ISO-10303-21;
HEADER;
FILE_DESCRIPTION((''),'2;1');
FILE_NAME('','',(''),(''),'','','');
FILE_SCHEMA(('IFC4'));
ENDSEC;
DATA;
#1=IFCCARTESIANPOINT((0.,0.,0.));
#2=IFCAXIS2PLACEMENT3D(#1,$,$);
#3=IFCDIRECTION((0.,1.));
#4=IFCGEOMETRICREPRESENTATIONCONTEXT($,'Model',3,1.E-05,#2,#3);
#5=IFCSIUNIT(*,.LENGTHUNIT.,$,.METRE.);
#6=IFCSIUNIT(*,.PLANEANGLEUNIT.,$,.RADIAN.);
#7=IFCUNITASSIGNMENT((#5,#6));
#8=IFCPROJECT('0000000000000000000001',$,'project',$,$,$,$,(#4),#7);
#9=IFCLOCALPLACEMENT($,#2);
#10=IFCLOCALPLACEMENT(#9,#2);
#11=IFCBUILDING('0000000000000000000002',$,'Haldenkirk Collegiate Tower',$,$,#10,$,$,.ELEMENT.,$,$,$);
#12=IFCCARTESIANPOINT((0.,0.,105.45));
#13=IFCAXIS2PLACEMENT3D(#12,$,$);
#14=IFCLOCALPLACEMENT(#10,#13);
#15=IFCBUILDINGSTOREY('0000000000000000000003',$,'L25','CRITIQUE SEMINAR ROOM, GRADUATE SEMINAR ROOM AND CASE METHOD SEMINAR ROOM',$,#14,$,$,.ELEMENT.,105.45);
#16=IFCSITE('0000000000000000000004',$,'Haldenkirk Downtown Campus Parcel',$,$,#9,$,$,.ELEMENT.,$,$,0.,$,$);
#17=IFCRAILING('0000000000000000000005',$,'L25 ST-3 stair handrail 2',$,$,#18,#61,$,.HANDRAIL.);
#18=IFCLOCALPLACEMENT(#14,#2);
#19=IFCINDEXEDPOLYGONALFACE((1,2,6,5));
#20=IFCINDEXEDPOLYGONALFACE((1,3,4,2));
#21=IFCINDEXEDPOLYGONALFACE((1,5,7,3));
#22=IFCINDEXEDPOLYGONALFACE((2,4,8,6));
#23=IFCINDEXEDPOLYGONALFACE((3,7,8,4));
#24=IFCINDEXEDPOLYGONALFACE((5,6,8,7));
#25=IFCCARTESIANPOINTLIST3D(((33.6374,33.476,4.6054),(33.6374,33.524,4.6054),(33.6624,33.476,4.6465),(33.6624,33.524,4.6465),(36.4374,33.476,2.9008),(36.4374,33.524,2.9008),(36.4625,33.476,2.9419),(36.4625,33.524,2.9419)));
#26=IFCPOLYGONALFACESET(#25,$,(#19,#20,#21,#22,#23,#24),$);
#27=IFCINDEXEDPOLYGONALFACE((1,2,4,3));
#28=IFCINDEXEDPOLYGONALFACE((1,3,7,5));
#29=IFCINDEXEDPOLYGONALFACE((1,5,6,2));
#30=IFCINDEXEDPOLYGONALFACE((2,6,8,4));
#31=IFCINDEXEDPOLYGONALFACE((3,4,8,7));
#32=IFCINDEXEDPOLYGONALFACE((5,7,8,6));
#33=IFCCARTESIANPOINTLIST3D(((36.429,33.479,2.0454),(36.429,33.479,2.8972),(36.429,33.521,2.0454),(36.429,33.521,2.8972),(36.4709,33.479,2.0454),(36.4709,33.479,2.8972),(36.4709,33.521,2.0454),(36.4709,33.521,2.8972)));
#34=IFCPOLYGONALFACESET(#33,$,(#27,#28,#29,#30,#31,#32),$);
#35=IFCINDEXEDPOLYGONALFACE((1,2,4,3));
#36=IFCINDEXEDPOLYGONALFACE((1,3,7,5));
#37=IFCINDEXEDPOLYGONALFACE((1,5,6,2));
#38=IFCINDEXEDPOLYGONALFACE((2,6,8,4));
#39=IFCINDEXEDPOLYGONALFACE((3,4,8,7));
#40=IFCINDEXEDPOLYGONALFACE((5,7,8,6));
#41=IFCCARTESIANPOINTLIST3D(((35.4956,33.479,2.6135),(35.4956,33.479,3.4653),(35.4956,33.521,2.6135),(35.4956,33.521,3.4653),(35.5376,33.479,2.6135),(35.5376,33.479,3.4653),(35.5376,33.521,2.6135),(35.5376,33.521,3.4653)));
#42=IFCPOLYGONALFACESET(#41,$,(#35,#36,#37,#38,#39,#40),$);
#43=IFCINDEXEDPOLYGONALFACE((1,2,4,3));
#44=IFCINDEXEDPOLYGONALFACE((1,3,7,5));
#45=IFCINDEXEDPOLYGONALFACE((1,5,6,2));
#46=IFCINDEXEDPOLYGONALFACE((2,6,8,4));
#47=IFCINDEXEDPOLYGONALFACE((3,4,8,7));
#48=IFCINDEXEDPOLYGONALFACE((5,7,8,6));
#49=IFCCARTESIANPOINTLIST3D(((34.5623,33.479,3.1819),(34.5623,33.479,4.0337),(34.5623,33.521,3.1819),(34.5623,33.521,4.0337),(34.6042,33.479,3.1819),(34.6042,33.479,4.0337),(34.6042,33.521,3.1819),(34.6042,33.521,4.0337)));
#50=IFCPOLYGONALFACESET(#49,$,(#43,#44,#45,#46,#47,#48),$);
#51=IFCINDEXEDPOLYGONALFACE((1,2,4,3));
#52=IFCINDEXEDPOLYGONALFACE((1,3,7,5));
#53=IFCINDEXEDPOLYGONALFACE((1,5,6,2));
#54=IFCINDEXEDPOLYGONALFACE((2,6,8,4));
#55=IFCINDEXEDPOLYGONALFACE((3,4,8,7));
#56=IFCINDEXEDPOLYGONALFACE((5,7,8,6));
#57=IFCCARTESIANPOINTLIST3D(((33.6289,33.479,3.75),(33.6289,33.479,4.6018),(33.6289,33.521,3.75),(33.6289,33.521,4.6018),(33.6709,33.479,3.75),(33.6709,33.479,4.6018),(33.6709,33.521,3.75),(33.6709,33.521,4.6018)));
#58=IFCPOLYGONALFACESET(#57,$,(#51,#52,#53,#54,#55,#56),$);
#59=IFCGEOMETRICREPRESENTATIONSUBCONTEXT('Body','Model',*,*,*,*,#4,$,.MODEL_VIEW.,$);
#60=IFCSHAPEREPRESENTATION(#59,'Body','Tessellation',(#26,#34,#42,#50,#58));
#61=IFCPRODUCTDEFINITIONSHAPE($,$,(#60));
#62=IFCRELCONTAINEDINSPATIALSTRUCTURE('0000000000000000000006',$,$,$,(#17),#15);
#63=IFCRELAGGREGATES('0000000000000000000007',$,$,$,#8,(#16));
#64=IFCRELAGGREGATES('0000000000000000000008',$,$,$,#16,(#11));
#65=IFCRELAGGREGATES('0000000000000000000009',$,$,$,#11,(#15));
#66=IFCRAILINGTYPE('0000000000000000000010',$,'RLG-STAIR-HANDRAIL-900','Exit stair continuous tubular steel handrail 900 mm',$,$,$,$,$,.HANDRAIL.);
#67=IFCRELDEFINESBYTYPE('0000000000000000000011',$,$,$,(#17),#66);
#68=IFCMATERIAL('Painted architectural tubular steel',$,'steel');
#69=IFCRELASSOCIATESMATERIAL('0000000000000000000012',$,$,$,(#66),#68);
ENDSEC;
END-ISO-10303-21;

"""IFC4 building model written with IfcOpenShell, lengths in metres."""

from ifc_helpers import new_model, si_unit, direction, frame, origin, origin_2d, place, context, subcontext, project, spatial, rectangle, extrude, material, type_object, element, save


model = new_model("IFC4")

# Units and contexts
model_context = context("Model", 3, precision=1e-05, world=origin(), true_north=direction((0.0, 1.0)))
body_context = subcontext(model_context, "Body", "Model", "MODEL_VIEW")
ifc_project = project(units=[si_unit("LENGTHUNIT", "METRE"), si_unit("PLANEANGLEUNIT", "RADIAN")], contexts=[model_context])

# Site, building, storey
site_placement = place(None, origin())
site = spatial("IfcSite", under=ifc_project, at=site_placement, Name="Haldenkirk Downtown Campus Parcel", CompositionType="ELEMENT", RefElevation=0.0)
building_placement = place(site_placement, origin())
building = spatial("IfcBuilding", under=site, at=building_placement, Name="Haldenkirk Collegiate Tower", CompositionType="ELEMENT")
storey_placement = place(building_placement, frame((0.0, 0.0, 105.45)))
storey = spatial("IfcBuildingStorey", under=building, at=storey_placement, Name="L25", Description="CRITIQUE SEMINAR ROOM, GRADUATE SEMINAR ROOM AND CASE METHOD SEMINAR ROOM", CompositionType="ELEMENT", Elevation=105.45)

# Railing
ifc_material_1 = material(Name="Painted architectural tubular steel", Category="steel")
railing_type_1 = type_object("IfcRailingType", Name="RLG-STAIR-HANDRAIL-900", Description="Exit stair continuous tubular steel handrail 900 mm", PredefinedType="HANDRAIL", material=ifc_material_1)
railing_1_placement = place(storey_placement, frame((36.45, 33.5, 2.0454)))
element("IfcRailing", 1, at=railing_1_placement, inside=storey, type_object=railing_type_1, Name="L25 ST-3 stair handrail 2", PredefinedType="HANDRAIL", context=body_context, shape_type="SweptSolid", body=[
    extrude(rectangle(XDim=0.0481, YDim=0.0481, at=origin_2d()), frame((0.0, 0.0, 0.876), z_axis=(-0.85417, 0.0, 0.519994), x_axis=(0.0, -1.0, 0.0)), (0.0, 0.0, 1.0), 3.2781),
    extrude(rectangle(XDim=0.042, YDim=0.042, at=origin_2d()), origin(), (0.0, 0.0, 1.0), 0.8518),
    extrude(rectangle(XDim=0.042, YDim=0.042, at=origin_2d()), frame((-0.9333, 0.0, 0.5681)), (0.0, 0.0, 1.0), 0.8518),
    extrude(rectangle(XDim=0.042, YDim=0.042, at=origin_2d()), frame((-1.8667, 0.0, 1.1365)), (0.0, 0.0, 1.0), 0.8518),
    extrude(rectangle(XDim=0.042, YDim=0.042, at=origin_2d()), frame((-2.8, 0.0, 1.7046)), (0.0, 0.0, 1.0), 0.8518),
])

save(model, "model.ifc")
